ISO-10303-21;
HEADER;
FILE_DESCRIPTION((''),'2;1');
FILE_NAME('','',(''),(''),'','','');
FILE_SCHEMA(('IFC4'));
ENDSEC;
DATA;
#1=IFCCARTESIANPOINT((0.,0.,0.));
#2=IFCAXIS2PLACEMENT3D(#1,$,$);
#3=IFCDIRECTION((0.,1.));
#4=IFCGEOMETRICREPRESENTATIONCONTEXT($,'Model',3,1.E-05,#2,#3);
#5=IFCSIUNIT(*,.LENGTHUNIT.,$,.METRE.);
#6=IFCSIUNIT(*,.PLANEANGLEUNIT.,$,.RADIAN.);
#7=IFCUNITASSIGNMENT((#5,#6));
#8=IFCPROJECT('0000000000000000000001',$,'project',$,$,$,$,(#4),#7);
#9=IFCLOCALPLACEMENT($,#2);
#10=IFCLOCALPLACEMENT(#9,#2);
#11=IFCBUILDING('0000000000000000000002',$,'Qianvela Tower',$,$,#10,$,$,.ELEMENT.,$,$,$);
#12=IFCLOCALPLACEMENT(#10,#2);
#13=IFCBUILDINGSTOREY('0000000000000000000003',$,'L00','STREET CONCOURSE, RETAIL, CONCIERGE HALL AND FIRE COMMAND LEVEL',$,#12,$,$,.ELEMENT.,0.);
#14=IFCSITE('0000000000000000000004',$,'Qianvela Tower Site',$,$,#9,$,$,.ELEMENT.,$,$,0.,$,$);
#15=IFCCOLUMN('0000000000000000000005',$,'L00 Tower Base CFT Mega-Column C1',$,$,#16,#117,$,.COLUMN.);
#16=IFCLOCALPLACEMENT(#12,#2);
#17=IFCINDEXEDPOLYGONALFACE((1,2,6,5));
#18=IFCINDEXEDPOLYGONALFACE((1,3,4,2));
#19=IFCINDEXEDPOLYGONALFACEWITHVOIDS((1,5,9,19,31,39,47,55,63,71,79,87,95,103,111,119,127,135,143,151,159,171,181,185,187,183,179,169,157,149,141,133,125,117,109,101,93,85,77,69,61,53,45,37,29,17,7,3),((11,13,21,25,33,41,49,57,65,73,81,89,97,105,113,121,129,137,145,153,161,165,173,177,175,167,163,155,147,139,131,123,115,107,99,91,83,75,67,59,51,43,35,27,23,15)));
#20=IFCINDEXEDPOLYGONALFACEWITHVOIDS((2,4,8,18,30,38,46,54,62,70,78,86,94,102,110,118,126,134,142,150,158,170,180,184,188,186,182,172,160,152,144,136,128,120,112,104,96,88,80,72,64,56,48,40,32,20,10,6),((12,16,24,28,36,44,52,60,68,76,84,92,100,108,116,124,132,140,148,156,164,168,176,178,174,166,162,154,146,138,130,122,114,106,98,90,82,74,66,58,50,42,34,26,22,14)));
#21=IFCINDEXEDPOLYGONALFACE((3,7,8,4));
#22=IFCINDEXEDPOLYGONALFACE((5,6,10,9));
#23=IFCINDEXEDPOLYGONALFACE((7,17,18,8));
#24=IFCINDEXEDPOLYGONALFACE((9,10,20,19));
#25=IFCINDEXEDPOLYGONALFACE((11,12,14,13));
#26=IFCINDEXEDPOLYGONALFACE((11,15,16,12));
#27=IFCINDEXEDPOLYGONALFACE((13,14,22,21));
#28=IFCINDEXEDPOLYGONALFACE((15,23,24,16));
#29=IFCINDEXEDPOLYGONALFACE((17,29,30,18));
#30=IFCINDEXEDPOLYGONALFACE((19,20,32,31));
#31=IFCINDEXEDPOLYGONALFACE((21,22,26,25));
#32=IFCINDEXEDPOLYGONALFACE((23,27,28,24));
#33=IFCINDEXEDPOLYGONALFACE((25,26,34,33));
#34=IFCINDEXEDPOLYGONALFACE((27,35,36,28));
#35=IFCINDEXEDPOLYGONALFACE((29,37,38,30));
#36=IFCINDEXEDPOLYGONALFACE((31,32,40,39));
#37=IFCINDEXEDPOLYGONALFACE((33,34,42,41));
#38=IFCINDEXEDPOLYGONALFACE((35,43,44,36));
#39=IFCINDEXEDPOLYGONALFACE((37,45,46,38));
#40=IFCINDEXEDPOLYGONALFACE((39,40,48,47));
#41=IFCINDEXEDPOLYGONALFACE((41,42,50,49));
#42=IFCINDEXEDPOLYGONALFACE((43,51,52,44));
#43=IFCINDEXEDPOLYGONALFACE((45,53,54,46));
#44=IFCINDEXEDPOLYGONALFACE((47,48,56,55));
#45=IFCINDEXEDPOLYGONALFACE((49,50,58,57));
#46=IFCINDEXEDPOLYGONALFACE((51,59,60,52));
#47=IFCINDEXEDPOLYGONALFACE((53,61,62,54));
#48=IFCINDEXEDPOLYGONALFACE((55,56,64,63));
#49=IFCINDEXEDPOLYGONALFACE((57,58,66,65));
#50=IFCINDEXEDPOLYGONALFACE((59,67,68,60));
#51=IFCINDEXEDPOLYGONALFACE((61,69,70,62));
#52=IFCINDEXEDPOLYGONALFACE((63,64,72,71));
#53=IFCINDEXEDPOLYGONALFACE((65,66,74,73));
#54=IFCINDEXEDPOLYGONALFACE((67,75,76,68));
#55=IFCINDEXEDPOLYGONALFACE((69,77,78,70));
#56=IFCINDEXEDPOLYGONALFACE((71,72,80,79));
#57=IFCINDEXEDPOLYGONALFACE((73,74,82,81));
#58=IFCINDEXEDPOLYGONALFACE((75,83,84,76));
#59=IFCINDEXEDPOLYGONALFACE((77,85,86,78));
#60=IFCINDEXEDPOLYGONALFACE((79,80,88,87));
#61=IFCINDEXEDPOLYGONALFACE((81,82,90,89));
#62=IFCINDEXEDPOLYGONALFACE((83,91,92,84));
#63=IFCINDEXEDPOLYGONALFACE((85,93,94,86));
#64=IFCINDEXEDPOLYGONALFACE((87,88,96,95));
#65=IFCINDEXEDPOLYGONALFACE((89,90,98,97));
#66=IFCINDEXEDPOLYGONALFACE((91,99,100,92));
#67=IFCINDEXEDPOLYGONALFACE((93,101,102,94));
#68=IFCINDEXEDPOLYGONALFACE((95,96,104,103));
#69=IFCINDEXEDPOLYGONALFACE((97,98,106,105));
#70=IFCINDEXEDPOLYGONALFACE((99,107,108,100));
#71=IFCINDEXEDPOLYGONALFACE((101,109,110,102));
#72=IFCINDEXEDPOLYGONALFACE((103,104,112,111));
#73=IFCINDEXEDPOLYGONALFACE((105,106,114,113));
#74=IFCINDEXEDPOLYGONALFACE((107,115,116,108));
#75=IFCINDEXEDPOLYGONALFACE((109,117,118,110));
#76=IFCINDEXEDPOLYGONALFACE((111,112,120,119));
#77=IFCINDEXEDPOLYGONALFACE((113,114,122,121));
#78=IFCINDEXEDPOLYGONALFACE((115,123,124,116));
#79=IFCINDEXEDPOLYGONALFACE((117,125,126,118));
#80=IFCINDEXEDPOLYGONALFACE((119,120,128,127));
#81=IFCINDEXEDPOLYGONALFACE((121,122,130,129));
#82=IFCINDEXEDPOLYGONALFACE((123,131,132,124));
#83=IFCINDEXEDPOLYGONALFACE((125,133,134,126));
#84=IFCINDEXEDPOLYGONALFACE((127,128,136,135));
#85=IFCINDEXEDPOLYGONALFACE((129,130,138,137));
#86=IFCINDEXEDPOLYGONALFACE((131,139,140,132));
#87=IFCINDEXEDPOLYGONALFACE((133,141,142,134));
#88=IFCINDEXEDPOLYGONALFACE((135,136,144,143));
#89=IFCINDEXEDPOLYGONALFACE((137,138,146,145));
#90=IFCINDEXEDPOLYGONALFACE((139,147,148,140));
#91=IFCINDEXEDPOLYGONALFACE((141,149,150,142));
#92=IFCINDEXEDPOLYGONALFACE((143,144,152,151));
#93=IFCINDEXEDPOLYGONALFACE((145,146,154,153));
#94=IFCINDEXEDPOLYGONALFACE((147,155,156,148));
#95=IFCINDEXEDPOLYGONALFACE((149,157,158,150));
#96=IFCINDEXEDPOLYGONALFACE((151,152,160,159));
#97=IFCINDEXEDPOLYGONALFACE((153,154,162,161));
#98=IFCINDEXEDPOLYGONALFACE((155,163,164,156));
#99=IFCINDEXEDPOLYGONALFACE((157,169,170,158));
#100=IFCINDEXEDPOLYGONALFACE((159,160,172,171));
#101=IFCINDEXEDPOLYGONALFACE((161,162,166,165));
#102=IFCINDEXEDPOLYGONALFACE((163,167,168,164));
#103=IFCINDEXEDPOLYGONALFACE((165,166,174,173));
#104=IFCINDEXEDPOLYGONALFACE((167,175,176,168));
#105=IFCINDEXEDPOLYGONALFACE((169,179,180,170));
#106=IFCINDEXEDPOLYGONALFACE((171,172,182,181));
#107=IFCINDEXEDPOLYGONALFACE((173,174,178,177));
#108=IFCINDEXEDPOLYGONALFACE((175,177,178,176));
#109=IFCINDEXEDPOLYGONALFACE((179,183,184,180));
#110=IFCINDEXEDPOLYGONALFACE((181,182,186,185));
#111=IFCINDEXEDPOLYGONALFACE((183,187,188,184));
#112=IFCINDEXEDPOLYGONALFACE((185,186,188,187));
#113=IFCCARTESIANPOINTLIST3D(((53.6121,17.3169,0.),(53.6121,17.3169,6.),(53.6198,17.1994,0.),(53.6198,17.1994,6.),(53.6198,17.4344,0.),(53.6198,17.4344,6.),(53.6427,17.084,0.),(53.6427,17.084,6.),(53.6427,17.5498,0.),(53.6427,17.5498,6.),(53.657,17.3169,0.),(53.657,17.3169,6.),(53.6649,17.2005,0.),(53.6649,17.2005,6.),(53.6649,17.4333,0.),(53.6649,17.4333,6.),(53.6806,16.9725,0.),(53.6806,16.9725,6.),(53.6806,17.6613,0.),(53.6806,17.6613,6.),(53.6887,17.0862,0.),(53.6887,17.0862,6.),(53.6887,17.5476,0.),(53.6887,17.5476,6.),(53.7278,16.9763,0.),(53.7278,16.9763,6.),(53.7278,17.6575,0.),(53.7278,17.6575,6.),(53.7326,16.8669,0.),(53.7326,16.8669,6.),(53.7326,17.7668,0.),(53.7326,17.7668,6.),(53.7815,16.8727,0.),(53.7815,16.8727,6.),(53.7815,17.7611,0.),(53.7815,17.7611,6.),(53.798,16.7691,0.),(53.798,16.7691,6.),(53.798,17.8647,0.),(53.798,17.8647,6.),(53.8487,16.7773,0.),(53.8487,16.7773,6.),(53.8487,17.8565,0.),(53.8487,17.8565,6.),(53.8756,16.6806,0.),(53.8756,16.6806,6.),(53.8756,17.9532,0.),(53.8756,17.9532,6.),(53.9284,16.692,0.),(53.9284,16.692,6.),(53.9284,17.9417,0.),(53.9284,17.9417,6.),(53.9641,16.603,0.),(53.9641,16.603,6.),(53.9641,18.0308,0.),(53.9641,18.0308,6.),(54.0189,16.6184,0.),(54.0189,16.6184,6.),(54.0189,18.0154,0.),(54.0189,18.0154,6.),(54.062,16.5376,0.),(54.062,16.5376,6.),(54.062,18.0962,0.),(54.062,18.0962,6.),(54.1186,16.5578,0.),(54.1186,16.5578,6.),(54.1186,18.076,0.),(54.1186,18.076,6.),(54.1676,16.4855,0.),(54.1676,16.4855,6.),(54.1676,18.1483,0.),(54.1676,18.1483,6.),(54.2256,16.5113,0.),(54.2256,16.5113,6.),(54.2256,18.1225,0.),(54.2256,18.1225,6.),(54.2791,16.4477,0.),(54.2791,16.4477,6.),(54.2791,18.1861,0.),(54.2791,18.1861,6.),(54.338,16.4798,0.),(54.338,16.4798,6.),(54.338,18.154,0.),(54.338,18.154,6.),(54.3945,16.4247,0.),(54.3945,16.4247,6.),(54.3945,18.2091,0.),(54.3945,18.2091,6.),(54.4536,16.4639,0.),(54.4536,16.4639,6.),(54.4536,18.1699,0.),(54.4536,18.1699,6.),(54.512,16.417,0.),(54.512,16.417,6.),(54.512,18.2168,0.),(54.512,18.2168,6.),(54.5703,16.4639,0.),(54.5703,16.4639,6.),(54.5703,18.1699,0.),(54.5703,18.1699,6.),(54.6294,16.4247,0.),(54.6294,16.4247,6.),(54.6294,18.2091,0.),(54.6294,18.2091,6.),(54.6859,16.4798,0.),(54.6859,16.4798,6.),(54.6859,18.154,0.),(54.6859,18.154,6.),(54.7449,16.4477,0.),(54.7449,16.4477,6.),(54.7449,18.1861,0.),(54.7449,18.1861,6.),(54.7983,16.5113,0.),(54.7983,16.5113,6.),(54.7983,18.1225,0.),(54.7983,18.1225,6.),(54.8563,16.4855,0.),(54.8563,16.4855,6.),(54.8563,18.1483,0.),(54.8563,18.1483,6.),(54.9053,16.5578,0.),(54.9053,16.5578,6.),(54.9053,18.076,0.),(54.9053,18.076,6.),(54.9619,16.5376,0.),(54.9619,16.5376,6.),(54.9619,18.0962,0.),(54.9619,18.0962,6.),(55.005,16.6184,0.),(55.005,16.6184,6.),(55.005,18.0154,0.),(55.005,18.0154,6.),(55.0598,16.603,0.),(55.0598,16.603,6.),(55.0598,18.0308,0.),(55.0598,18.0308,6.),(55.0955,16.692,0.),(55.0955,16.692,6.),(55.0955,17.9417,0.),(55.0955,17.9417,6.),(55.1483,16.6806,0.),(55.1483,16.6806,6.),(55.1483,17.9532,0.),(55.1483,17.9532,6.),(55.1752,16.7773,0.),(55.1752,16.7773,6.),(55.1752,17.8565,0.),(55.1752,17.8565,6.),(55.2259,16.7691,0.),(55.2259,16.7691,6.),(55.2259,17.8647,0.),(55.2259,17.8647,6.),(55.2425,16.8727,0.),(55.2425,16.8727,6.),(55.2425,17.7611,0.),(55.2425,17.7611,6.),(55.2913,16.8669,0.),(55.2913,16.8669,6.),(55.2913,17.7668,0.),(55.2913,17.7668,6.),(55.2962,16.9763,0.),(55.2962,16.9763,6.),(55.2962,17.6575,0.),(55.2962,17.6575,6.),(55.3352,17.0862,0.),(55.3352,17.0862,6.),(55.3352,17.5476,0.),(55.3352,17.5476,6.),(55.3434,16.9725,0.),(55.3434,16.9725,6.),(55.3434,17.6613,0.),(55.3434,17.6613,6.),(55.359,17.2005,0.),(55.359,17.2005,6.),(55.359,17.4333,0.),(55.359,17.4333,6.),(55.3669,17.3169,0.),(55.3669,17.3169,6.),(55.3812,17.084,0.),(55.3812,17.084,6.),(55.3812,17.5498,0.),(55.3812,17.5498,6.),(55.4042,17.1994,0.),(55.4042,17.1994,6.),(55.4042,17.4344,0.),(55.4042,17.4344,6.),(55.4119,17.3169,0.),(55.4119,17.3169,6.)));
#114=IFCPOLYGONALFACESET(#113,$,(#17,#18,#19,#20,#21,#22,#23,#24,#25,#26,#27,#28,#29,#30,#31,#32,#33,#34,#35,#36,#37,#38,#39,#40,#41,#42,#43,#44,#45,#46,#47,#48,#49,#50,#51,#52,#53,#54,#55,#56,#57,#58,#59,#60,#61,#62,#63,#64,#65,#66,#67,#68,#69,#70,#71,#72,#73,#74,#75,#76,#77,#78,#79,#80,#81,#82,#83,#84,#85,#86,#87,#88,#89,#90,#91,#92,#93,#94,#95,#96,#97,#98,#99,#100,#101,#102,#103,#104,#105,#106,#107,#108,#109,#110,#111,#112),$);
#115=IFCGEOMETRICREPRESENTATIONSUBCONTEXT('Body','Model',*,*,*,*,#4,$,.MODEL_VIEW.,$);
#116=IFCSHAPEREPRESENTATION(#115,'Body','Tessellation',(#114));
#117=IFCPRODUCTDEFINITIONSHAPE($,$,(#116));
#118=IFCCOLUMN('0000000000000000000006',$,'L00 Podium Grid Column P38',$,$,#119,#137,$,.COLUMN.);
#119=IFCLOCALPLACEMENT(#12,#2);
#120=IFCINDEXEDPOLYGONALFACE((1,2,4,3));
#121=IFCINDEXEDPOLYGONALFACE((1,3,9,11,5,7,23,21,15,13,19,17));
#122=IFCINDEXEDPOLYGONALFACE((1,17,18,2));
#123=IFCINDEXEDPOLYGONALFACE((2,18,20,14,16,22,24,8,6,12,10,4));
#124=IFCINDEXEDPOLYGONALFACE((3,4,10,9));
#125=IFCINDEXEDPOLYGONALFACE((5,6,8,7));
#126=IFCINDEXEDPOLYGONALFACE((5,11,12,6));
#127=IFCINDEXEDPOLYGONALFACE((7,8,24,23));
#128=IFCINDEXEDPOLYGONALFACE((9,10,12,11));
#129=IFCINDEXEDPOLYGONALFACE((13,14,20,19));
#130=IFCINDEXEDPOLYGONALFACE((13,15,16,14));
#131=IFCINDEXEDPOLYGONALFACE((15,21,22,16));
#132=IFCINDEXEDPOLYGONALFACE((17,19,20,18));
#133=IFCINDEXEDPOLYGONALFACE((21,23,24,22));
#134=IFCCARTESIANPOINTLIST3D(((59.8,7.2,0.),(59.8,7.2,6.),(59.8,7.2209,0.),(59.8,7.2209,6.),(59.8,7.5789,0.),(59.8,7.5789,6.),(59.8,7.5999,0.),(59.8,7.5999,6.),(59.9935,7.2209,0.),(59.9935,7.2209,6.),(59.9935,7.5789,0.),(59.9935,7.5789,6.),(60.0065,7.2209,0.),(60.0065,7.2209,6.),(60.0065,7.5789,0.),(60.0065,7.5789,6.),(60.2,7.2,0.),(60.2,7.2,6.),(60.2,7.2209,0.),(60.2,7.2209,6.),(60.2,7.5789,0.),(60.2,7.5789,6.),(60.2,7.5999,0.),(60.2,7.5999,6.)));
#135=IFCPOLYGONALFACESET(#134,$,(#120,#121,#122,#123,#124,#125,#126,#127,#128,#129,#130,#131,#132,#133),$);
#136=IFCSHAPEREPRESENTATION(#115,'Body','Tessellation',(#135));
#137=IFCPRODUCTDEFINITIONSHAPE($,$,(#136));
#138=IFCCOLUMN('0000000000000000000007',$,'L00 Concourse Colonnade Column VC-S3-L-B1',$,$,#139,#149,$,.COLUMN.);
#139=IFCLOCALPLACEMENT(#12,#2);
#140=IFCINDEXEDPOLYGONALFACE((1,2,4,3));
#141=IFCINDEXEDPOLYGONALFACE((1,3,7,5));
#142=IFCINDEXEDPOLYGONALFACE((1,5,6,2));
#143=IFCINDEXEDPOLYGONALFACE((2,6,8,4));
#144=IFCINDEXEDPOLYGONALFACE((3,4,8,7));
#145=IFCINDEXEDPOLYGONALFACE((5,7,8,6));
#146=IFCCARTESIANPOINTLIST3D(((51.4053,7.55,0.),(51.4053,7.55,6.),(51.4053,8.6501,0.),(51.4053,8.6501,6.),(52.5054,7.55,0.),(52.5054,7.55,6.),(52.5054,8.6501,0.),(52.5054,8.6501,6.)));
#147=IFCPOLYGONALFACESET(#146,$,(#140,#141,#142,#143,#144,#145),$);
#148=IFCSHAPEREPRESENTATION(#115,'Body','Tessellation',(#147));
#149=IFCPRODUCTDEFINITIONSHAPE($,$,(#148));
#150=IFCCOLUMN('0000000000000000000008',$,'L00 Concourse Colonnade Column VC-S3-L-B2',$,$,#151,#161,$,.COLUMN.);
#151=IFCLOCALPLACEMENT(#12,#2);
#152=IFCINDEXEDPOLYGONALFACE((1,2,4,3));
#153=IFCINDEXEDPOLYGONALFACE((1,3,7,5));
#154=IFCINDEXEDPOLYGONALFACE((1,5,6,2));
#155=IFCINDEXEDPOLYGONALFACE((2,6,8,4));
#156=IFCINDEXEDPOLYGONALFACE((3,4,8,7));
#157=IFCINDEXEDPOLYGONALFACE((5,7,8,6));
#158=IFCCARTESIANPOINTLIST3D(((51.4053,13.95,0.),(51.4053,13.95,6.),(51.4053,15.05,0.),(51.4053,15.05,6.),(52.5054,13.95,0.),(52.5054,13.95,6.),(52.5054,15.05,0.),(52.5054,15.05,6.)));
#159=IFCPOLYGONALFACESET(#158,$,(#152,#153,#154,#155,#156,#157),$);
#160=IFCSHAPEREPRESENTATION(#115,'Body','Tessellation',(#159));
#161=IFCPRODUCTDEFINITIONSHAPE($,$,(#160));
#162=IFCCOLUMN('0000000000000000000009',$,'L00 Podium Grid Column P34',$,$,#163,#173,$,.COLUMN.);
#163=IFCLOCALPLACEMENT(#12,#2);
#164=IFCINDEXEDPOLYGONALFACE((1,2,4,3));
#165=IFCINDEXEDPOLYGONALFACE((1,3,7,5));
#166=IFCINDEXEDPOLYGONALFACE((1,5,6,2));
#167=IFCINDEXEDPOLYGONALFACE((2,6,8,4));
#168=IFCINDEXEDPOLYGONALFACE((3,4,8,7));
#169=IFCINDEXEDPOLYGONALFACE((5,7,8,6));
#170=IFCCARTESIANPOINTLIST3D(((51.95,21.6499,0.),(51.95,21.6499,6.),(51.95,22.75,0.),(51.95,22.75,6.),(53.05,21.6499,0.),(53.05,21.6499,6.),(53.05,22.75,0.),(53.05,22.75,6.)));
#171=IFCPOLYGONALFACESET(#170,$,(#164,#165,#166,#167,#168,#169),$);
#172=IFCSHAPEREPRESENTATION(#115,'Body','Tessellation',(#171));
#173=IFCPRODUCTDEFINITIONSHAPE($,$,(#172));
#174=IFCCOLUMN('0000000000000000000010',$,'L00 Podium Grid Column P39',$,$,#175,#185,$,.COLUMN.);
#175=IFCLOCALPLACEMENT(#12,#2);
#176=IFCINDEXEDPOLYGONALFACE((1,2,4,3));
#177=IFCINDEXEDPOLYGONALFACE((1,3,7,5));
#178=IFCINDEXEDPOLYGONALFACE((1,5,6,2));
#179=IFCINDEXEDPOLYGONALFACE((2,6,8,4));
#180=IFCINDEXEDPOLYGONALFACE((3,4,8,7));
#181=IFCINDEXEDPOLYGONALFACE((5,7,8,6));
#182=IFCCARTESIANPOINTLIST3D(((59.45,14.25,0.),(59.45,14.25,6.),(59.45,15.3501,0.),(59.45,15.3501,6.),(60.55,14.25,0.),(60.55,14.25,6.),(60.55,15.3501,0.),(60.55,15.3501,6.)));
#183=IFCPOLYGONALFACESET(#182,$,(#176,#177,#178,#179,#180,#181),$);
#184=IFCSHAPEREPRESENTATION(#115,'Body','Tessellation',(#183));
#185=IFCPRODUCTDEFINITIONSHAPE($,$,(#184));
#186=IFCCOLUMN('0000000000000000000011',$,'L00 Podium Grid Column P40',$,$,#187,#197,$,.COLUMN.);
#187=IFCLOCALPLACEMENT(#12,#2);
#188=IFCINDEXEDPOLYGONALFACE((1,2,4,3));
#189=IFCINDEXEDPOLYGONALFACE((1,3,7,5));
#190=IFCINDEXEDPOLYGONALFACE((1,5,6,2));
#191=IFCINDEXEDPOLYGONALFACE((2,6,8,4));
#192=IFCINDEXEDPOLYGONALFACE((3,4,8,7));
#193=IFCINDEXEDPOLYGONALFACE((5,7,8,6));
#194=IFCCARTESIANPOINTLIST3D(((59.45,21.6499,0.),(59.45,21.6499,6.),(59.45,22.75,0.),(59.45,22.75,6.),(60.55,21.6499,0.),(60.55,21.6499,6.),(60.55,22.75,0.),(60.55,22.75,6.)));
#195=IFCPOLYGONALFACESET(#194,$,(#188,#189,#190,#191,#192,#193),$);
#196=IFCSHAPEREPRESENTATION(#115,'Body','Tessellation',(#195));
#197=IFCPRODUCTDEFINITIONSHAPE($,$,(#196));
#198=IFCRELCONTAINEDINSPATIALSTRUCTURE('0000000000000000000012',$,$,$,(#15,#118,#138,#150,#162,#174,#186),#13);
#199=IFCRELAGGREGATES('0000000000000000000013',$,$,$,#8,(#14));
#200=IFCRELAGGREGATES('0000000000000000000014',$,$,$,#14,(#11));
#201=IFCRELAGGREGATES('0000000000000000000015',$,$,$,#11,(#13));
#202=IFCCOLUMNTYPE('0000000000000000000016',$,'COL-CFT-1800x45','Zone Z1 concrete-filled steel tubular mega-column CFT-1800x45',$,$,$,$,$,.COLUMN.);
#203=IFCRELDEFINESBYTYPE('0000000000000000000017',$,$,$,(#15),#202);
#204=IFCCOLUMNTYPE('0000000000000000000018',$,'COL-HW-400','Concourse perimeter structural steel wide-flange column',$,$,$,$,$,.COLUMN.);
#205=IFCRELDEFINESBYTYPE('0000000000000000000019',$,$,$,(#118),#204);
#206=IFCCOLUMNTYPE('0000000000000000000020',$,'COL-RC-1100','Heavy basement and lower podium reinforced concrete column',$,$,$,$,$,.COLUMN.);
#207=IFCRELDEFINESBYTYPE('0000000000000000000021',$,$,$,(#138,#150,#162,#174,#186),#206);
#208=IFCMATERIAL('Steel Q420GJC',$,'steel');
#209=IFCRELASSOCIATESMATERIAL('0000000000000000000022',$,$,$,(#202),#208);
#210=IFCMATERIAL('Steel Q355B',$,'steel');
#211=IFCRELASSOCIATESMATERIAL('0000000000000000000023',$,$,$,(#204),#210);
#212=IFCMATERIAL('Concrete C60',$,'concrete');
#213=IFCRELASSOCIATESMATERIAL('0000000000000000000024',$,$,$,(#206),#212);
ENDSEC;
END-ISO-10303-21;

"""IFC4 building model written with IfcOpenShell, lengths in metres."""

from ifc_helpers import new_model, si_unit, direction, frame, origin, origin_2d, place, context, subcontext, project, spatial, rectangle, hollow_circle, i_section, extrude, material, material_profile, profile_set, type_object, element, save


model = new_model("IFC4")

# Units and contexts
model_context = context("Model", 3, precision=1e-05, world=origin(), true_north=direction((0.0, 1.0)))
body_context = subcontext(model_context, "Body", "Model", "MODEL_VIEW")
ifc_project = project(units=[si_unit("LENGTHUNIT", "METRE"), si_unit("PLANEANGLEUNIT", "RADIAN")], contexts=[model_context])

# Site, building, storey
site_placement = place(None, origin())
site = spatial("IfcSite", under=ifc_project, at=site_placement, Name="Qianvela Tower Site", CompositionType="ELEMENT", RefElevation=0.0)
building_placement = place(site_placement, origin())
building = spatial("IfcBuilding", under=site, at=building_placement, Name="Qianvela Tower", CompositionType="ELEMENT")
storey_placement = place(building_placement, origin())
storey = spatial("IfcBuildingStorey", under=building, at=storey_placement, Name="L00", Description="STREET CONCOURSE, RETAIL, CONCIERGE HALL AND FIRE COMMAND LEVEL", CompositionType="ELEMENT", Elevation=0.0)

# Columns
ifc_material_1 = material(Name="Steel Q420GJC", Category="steel")
ifc_material_profile_1 = material_profile(ifc_material_1, hollow_circle(Radius=0.8999, WallThickness=0.0449, at=origin_2d()), Name="CFT-1800x45")
ifc_profile_set_1 = profile_set([ifc_material_profile_1], Name="Steel Q420GJC")
column_type_1 = type_object("IfcColumnType", Name="COL-CFT-1800x45", Description="Zone Z1 concrete-filled steel tubular mega-column CFT-1800x45", PredefinedType="COLUMN", material=ifc_profile_set_1)
column_1_placement = place(storey_placement, frame((54.512, 17.3169, 0.0), z_axis=(0.0, 0.0, 1.0), x_axis=(1.0, 0.0, 0.0)))
element("IfcColumn", 1, at=column_1_placement, inside=storey, type_object=column_type_1, Name="L00 Tower Base CFT Mega-Column C1", PredefinedType="COLUMN", context=body_context, shape_type="SweptSolid", body=[
    extrude(hollow_circle(Radius=0.8999, WallThickness=0.0449, at=origin_2d()), origin(), (0.0, 0.0, 1.0), 6.0),
])
ifc_material_2 = material(Name="Steel Q355B", Category="steel")
ifc_material_profile_2 = material_profile(ifc_material_2, i_section(OverallWidth=0.3999, OverallDepth=0.3999, WebThickness=0.0129, FlangeThickness=0.021, at=origin_2d()), Name="HW400x400x13x21")
ifc_profile_set_2 = profile_set([ifc_material_profile_2], Name="Steel Q355B")
column_type_2 = type_object("IfcColumnType", Name="COL-HW-400", Description="Concourse perimeter structural steel wide-flange column", PredefinedType="COLUMN", material=ifc_profile_set_2)
column_2_placement = place(storey_placement, frame((60.0, 7.3999, 0.0), z_axis=(0.0, 0.0, 1.0), x_axis=(1.0, 0.0, 0.0)))
element("IfcColumn", 2, at=column_2_placement, inside=storey, type_object=column_type_2, Name="L00 Podium Grid Column P38", PredefinedType="COLUMN", context=body_context, shape_type="SweptSolid", body=[
    extrude(i_section(OverallWidth=0.3999, OverallDepth=0.3999, WebThickness=0.0129, FlangeThickness=0.021, at=origin_2d()), origin(), (0.0, 0.0, 1.0), 6.0),
])
ifc_material_3 = material(Name="Concrete C60", Category="concrete")
ifc_material_profile_3 = material_profile(ifc_material_3, rectangle(XDim=1.1001, YDim=1.1001, at=origin_2d()), Name="RC-COL-1100x1100")
ifc_profile_set_3 = profile_set([ifc_material_profile_3], Name="Concrete C60")
column_type_3 = type_object("IfcColumnType", Name="COL-RC-1100", Description="Heavy basement and lower podium reinforced concrete column", PredefinedType="COLUMN", material=ifc_profile_set_3)
for number, where, z_axis, x_axis, name in (
    (3, (51.9553, 8.1001, 0.0), (0.0, 0.0, 1.0), (1.0, 0.0, 0.0), "L00 Concourse Colonnade Column VC-S3-L-B1"),
    (4, (51.9553, 14.5, 0.0), (0.0, 0.0, 1.0), (1.0, 0.0, 0.0), "L00 Concourse Colonnade Column VC-S3-L-B2"),
    (5, (52.5, 22.2, 0.0), (0.0, 0.0, 1.0), (1.0, 0.0, 0.0), "L00 Podium Grid Column P34"),
    (6, (60.0, 14.8, 0.0), (0.0, 0.0, 1.0), (1.0, 0.0, 0.0), "L00 Podium Grid Column P39"),
    (7, (60.0, 22.2, 0.0), (0.0, 0.0, 1.0), (1.0, 0.0, 0.0), "L00 Podium Grid Column P40"),
):
    element("IfcColumn", number, at=place(storey_placement, frame(where, z_axis=z_axis, x_axis=x_axis)), inside=storey, type_object=column_type_3, Name=name, PredefinedType="COLUMN", context=body_context, shape_type="SweptSolid", body=[
        extrude(rectangle(XDim=1.1001, YDim=1.1001, at=origin_2d()), origin(), (0.0, 0.0, 1.0), 6.0),
    ])

save(model, "model.ifc")
